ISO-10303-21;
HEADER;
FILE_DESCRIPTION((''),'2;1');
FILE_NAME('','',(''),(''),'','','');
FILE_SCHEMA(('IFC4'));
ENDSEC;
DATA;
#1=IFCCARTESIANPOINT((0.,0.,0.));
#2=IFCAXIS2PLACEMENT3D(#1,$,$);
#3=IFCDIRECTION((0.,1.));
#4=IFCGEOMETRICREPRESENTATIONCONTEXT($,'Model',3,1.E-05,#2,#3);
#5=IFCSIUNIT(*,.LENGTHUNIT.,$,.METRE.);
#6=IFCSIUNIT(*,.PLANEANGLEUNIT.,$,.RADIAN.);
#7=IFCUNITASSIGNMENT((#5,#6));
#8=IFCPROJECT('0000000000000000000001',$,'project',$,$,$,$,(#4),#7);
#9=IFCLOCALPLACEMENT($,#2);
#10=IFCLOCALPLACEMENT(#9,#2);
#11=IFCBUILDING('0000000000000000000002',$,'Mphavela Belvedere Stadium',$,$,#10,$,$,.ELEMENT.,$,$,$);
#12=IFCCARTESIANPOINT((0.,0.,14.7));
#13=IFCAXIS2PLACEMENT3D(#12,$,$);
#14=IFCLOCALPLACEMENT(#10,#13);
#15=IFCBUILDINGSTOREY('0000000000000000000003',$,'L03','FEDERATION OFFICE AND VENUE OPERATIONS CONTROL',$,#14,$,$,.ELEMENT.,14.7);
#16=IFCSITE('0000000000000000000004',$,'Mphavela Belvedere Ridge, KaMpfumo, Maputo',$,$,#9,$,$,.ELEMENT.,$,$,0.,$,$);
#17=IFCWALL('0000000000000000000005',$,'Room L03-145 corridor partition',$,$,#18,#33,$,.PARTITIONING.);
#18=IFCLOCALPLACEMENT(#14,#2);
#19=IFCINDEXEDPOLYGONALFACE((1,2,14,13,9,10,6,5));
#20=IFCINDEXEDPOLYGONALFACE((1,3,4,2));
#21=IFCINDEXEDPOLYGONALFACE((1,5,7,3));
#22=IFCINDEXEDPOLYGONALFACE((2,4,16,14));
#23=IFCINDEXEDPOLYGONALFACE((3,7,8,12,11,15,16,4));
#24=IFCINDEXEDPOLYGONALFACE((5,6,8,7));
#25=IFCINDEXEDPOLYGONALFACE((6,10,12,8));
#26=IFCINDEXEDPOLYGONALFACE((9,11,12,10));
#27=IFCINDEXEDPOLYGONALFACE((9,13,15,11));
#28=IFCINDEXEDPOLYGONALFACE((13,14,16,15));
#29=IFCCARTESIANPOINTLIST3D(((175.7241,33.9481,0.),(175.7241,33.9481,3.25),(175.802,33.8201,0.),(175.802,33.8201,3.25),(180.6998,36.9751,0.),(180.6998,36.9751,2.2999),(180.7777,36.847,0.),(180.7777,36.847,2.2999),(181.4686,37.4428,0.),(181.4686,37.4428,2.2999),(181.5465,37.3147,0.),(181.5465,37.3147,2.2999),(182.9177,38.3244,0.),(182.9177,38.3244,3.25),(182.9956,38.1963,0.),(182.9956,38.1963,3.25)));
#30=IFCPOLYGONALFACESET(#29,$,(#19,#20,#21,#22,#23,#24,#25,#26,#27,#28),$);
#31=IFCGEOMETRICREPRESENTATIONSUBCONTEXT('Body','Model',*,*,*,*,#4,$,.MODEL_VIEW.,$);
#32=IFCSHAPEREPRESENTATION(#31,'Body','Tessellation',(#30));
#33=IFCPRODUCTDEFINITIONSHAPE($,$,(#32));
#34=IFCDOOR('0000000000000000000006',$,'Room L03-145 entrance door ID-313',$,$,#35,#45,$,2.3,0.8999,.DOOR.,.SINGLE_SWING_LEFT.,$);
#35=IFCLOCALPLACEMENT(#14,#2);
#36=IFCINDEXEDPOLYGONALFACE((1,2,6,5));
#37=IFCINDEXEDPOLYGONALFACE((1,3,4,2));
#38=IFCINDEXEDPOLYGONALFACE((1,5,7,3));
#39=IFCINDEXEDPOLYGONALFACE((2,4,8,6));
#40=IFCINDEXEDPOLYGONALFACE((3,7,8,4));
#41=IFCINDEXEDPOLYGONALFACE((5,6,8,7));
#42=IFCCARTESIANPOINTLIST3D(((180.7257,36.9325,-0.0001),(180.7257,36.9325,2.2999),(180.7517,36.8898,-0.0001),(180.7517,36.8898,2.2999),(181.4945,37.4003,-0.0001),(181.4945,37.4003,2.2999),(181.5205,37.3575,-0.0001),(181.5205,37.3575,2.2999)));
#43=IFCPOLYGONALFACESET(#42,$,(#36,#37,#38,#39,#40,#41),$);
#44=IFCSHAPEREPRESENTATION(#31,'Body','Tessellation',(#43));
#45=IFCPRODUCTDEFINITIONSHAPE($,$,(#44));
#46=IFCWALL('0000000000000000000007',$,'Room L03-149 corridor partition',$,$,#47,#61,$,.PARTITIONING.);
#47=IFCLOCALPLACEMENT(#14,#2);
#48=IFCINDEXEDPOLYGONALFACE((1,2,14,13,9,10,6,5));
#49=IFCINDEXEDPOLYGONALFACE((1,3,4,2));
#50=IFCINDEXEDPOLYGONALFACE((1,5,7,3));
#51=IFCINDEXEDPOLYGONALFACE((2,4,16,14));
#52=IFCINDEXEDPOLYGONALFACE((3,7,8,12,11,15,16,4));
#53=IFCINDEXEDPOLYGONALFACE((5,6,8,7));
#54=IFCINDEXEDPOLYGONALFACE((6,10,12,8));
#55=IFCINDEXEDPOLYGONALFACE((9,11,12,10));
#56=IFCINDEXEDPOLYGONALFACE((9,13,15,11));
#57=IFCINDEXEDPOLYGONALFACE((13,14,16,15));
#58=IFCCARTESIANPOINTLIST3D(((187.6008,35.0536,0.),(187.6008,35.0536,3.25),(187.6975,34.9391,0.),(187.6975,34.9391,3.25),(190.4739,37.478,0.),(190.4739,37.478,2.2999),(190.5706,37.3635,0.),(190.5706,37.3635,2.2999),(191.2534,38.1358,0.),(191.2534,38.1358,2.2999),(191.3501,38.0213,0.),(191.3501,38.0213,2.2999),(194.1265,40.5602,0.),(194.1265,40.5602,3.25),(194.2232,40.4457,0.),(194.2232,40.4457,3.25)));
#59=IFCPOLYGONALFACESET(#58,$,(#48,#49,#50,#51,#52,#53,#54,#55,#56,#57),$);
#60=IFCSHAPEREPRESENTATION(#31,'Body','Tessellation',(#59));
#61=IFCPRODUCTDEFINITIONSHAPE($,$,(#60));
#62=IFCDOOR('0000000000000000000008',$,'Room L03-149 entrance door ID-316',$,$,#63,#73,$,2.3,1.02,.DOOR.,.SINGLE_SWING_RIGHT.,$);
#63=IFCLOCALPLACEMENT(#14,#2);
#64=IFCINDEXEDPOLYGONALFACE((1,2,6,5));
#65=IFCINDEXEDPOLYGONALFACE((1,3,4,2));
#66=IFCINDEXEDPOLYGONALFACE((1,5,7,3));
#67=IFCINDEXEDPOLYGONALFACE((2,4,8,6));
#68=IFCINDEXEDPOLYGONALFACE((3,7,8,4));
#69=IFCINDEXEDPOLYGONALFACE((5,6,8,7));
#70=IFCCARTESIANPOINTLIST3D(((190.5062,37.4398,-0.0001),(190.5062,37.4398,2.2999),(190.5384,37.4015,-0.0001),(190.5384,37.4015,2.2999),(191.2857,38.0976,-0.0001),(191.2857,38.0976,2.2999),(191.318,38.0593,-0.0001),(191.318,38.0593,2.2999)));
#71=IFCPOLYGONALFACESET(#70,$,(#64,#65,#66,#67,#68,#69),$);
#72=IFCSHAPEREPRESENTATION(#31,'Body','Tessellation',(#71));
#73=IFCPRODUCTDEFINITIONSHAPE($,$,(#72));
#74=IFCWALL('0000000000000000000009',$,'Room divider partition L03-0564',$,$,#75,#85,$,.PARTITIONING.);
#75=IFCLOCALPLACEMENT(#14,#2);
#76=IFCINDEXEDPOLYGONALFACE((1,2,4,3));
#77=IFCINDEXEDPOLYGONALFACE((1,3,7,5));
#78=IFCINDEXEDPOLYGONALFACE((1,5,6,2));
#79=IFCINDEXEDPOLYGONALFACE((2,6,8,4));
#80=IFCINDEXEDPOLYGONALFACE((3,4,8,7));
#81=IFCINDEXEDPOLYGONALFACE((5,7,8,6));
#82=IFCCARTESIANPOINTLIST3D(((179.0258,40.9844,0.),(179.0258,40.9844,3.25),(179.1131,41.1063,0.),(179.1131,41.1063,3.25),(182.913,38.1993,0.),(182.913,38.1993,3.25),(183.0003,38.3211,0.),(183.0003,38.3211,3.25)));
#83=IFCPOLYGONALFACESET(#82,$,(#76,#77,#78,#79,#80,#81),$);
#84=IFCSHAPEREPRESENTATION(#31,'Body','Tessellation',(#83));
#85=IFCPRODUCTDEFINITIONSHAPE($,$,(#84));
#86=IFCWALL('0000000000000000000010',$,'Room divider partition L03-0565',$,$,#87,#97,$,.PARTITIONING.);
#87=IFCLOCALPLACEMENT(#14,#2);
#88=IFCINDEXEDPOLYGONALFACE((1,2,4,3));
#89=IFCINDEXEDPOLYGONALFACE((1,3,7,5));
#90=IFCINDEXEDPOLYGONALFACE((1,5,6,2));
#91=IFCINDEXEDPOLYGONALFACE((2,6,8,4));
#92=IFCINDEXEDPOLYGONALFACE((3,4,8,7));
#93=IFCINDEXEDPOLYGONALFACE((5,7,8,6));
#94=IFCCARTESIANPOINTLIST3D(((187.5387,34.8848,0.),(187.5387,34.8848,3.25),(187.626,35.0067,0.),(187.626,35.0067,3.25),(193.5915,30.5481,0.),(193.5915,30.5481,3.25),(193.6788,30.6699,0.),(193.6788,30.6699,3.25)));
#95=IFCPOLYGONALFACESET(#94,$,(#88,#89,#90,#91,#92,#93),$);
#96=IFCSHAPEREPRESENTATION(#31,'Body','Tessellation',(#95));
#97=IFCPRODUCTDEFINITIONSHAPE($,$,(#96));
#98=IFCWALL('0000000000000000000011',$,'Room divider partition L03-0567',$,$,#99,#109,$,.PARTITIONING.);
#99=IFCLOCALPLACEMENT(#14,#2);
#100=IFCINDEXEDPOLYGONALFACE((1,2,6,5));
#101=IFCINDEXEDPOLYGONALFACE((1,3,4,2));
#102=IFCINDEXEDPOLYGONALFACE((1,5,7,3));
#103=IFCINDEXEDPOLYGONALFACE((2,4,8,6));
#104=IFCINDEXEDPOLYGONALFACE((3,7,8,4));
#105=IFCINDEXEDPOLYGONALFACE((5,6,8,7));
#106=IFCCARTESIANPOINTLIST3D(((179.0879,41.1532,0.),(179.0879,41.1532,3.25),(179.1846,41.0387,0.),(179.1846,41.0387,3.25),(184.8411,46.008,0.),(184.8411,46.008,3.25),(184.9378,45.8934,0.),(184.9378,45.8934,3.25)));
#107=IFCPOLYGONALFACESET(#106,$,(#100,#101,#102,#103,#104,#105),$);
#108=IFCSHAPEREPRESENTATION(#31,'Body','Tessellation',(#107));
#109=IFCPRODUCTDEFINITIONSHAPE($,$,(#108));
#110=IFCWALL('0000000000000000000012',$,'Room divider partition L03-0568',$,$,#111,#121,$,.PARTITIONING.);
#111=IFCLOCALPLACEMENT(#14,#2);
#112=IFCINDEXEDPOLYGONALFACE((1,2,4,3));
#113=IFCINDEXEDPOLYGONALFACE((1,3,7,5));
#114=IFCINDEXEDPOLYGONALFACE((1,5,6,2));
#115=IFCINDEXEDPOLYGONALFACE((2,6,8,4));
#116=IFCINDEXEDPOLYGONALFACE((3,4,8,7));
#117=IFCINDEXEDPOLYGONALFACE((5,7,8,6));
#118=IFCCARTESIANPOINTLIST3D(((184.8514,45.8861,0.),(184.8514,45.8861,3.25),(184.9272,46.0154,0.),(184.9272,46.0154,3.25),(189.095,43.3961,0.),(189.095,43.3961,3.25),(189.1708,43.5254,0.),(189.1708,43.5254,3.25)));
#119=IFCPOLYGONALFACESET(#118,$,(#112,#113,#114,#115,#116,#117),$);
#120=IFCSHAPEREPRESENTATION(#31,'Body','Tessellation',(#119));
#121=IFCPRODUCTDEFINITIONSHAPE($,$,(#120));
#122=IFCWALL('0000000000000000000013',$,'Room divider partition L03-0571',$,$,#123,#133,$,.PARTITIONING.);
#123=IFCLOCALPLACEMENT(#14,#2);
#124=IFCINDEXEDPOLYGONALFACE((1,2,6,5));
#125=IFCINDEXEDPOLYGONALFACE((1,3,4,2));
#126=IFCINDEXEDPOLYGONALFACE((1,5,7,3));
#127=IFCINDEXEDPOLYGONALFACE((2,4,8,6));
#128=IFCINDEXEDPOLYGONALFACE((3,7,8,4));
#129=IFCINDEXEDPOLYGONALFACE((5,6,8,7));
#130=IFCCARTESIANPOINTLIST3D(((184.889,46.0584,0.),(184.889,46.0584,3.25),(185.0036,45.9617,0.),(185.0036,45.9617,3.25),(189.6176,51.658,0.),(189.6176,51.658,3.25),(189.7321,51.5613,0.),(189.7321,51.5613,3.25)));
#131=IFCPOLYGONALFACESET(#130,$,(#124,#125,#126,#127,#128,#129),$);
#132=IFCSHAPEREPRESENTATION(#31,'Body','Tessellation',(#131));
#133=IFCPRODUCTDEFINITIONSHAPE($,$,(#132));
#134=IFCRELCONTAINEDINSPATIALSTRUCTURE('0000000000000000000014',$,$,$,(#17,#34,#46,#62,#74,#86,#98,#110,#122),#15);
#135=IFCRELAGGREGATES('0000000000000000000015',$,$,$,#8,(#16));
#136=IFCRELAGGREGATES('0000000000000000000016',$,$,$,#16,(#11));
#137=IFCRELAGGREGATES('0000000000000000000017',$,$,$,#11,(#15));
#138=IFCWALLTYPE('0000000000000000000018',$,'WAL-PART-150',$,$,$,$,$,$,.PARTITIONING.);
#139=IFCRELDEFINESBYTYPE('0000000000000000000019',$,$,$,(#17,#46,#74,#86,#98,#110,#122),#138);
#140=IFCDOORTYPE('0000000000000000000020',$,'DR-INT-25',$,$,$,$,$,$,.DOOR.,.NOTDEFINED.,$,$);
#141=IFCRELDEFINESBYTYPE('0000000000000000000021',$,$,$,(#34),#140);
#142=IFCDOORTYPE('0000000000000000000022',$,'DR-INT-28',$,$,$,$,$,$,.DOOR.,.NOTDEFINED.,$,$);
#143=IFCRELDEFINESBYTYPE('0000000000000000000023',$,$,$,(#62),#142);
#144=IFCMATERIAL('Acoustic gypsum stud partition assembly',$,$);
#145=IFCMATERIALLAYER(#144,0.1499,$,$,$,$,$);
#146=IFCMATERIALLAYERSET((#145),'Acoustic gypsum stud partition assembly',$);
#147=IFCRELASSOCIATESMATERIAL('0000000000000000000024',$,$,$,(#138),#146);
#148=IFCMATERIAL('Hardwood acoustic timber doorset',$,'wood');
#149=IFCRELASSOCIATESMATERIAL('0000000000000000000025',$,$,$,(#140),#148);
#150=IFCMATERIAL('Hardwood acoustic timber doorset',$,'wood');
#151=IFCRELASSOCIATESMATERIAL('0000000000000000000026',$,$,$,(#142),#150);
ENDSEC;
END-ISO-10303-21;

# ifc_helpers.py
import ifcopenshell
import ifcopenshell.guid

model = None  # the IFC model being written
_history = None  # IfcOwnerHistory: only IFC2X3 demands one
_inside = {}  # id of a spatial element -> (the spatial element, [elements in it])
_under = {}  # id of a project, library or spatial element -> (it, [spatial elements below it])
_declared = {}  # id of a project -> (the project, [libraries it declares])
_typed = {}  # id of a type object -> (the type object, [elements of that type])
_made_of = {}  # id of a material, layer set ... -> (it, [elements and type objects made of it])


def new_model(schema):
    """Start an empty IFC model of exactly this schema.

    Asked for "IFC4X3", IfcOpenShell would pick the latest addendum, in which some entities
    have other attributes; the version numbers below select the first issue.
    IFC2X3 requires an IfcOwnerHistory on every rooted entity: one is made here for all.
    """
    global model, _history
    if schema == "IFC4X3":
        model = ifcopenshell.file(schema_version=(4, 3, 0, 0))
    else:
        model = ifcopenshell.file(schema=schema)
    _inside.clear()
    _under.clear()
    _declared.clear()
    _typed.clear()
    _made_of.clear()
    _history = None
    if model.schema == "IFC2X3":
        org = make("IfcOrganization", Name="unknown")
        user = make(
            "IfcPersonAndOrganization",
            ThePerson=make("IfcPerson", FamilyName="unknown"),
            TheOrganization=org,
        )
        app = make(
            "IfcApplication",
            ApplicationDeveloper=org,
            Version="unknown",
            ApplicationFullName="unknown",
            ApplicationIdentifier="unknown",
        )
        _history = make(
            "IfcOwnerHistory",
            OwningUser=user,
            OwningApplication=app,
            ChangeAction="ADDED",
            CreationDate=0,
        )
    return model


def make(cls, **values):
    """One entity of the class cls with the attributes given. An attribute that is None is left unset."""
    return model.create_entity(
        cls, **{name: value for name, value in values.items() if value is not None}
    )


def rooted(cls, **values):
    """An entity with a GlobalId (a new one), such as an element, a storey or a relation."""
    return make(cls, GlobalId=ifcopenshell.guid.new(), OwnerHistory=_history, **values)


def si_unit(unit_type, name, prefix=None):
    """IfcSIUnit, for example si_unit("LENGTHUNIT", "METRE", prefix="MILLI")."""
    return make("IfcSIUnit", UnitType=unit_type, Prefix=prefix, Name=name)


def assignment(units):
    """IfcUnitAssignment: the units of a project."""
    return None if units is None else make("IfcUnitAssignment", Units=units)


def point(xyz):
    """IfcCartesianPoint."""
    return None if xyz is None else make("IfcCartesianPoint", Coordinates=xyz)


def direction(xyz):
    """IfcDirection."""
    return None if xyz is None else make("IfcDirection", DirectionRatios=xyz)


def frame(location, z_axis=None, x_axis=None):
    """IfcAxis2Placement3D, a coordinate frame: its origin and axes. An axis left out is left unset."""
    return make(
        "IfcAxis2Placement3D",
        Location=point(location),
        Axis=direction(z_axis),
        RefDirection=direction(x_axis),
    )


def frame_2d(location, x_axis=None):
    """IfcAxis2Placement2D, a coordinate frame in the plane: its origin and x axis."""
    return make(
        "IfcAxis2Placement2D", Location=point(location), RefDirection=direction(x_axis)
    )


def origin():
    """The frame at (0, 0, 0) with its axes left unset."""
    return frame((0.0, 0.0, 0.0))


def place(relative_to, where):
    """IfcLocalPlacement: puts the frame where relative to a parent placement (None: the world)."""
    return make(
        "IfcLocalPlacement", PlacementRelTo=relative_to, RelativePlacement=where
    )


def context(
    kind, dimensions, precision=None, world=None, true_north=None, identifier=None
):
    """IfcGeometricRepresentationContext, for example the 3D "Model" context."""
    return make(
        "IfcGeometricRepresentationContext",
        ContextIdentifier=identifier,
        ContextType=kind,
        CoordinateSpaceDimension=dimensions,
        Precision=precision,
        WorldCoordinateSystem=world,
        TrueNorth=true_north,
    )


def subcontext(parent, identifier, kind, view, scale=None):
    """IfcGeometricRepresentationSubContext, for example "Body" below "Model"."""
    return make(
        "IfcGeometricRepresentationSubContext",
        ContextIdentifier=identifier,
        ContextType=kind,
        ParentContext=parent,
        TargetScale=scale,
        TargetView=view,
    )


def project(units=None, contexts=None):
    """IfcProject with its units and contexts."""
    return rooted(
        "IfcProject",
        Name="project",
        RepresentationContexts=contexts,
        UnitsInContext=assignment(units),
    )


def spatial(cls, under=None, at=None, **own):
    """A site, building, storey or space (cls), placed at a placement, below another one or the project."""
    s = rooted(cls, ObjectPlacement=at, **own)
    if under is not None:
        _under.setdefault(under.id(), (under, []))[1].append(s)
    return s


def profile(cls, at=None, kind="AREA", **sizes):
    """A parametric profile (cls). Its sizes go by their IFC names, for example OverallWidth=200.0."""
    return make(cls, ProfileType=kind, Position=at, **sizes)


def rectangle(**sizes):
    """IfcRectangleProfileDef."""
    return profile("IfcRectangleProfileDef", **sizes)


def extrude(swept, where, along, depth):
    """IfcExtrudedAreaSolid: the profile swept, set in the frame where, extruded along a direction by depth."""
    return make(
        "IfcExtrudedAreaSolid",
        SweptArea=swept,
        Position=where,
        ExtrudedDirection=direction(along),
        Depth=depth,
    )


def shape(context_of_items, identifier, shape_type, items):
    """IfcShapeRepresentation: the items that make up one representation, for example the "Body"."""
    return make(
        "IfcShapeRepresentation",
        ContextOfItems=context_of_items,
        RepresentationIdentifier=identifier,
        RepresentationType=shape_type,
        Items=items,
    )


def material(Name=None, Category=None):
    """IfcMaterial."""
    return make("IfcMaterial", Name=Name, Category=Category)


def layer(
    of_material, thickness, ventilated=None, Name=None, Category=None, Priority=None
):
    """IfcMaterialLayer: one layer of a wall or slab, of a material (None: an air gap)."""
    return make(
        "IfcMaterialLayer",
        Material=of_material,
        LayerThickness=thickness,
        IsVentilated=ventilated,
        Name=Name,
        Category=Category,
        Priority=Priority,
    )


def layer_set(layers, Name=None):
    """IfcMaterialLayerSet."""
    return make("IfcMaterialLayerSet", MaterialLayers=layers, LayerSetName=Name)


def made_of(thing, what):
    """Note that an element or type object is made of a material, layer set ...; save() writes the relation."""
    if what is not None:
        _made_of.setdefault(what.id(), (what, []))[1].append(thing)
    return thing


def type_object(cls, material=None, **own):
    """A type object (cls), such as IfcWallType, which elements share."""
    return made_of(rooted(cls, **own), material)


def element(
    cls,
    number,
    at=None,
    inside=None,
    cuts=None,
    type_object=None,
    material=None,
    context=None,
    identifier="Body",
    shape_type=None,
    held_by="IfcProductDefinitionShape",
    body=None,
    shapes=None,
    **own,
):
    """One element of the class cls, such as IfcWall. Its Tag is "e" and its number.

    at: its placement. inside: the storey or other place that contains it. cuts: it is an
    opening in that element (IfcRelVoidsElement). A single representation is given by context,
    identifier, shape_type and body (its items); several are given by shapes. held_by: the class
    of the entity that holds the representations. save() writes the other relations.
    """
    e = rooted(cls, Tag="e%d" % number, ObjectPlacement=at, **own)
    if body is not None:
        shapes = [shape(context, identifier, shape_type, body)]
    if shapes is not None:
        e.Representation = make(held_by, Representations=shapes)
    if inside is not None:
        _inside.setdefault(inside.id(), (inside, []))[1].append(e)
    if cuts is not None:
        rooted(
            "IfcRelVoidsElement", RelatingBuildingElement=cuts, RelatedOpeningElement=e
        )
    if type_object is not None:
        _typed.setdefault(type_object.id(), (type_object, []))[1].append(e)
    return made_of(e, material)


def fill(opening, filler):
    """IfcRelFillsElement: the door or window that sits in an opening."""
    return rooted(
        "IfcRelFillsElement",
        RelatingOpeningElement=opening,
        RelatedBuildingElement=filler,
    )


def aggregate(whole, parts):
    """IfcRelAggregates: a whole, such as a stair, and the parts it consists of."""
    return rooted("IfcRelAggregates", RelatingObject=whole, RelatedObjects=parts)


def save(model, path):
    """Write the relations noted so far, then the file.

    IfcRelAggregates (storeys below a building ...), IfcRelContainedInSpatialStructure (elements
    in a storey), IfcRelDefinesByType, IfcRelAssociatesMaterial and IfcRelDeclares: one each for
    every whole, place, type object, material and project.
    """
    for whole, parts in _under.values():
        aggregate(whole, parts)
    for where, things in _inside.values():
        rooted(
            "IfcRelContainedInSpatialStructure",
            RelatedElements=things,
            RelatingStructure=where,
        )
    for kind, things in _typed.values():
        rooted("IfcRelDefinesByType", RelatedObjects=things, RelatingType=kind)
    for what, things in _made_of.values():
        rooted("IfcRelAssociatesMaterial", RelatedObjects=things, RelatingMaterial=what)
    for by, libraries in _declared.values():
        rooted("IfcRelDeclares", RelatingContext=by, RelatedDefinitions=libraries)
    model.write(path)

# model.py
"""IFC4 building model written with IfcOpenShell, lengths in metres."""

from ifc_helpers import new_model, si_unit, direction, frame, frame_2d, origin, place, context, subcontext, project, spatial, rectangle, extrude, material, layer, layer_set, type_object, element, fill, save


model = new_model("IFC4")

# Units and contexts
model_context = context("Model", 3, precision=1e-05, world=origin(), true_north=direction((0.0, 1.0)))
body_context = subcontext(model_context, "Body", "Model", "MODEL_VIEW")
ifc_project = project(units=[si_unit("LENGTHUNIT", "METRE"), si_unit("PLANEANGLEUNIT", "RADIAN")], contexts=[model_context])

# Site, building, storey
site_placement = place(None, origin())
site = spatial("IfcSite", under=ifc_project, at=site_placement, Name="Mphavela Belvedere Ridge, KaMpfumo, Maputo", CompositionType="ELEMENT", RefElevation=0.0)
building_placement = place(site_placement, origin())
building = spatial("IfcBuilding", under=site, at=building_placement, Name="Mphavela Belvedere Stadium", CompositionType="ELEMENT")
storey_placement = place(building_placement, frame((0.0, 0.0, 14.7)))
storey = spatial("IfcBuildingStorey", under=building, at=storey_placement, Name="L03", Description="FEDERATION OFFICE AND VENUE OPERATIONS CONTROL", CompositionType="ELEMENT", Elevation=14.7)

# Walls, openings, doors
ifc_material_1 = material(Name="Acoustic gypsum stud partition assembly")
ifc_layer_1 = layer(ifc_material_1, 0.1499)
ifc_layer_set_1 = layer_set([ifc_layer_1], Name="Acoustic gypsum stud partition assembly")
wall_type_1 = type_object("IfcWallType", Name="WAL-PART-150", PredefinedType="PARTITIONING", material=ifc_layer_set_1)
wall_1_placement = place(storey_placement, frame((182.9565, 38.2603, 0.0), z_axis=(0.0, 0.0, 1.0), x_axis=(-0.85433, -0.519731, 0.0)))
wall_1 = element("IfcWall", 1, at=wall_1_placement, inside=storey, type_object=wall_type_1, Name="Room L03-145 corridor partition", PredefinedType="PARTITIONING", context=body_context, shape_type="SweptSolid", body=[
    extrude(rectangle(XDim=8.4202, YDim=0.1499, at=frame_2d((4.21, 0.0))), origin(), (0.0, 0.0, 1.0), 3.25),
])
opening_1_placement = place(wall_1_placement, frame((1.696, 0.0, 0.0)))
opening_1 = element("IfcOpeningElement", 2, at=opening_1_placement, cuts=wall_1, PredefinedType="OPENING", context=body_context, shape_type="SweptSolid", body=[
    extrude(rectangle(XDim=0.8999, YDim=2.3, at=frame_2d((0.45, 1.1499))), frame((0.0, 0.085, 0.0), z_axis=(0.0, -1.0, 0.0), x_axis=(1.0, 0.0, 0.0)), (0.0, 0.0, 1.0), 0.1699),
])
ifc_material_2 = material(Name="Hardwood acoustic timber doorset", Category="wood")
door_type_1 = type_object("IfcDoorType", Name="DR-INT-25", OperationType="NOTDEFINED", PredefinedType="DOOR", material=ifc_material_2)
door_1_placement = place(opening_1_placement, origin())
door_1 = element("IfcDoor", 3, at=door_1_placement, inside=storey, type_object=door_type_1, Name="Room L03-145 entrance door ID-313", OperationType="SINGLE_SWING_LEFT", OverallHeight=2.3, OverallWidth=0.8999, PredefinedType="DOOR", context=body_context, shape_type="SweptSolid", body=[
    extrude(rectangle(XDim=0.8999, YDim=2.3, at=frame_2d((0.45, 1.1499))), frame((0.0, 0.0249, 0.0), z_axis=(0.0, -1.0, 0.0), x_axis=(1.0, 0.0, 0.0)), (0.0, 0.0, 1.0), 0.05),
])
fill(opening_1, door_1)
wall_2_placement = place(storey_placement, frame((187.6492, 34.9963, 0.0), z_axis=(0.0, 0.0, 1.0), x_axis=(0.764258, 0.644911, 0.0)))
wall_2 = element("IfcWall", 4, at=wall_2_placement, inside=storey, type_object=wall_type_1, Name="Room L03-149 corridor partition", PredefinedType="PARTITIONING", context=body_context, shape_type="SweptSolid", body=[
    extrude(rectangle(XDim=8.5386, YDim=0.1499, at=frame_2d((4.2693, 0.0))), origin(), (0.0, 0.0, 1.0), 3.25),
])
opening_2_placement = place(wall_2_placement, frame((3.7593, 0.0, 0.0)))
opening_2 = element("IfcOpeningElement", 5, at=opening_2_placement, cuts=wall_2, PredefinedType="OPENING", context=body_context, shape_type="SweptSolid", body=[
    extrude(rectangle(XDim=1.02, YDim=2.3, at=frame_2d((0.51, 1.1499))), frame((0.0, 0.085, 0.0), z_axis=(0.0, -1.0, 0.0), x_axis=(1.0, 0.0, 0.0)), (0.0, 0.0, 1.0), 0.1699),
])
ifc_material_3 = material(Name="Hardwood acoustic timber doorset", Category="wood")
door_type_2 = type_object("IfcDoorType", Name="DR-INT-28", OperationType="NOTDEFINED", PredefinedType="DOOR", material=ifc_material_3)
door_2_placement = place(opening_2_placement, origin())
door_2 = element("IfcDoor", 6, at=door_2_placement, inside=storey, type_object=door_type_2, Name="Room L03-149 entrance door ID-316", OperationType="SINGLE_SWING_RIGHT", OverallHeight=2.3, OverallWidth=1.02, PredefinedType="DOOR", context=body_context, shape_type="SweptSolid", body=[
    extrude(rectangle(XDim=1.02, YDim=2.3, at=frame_2d((0.51, 1.1499))), frame((0.0, 0.0249, 0.0), z_axis=(0.0, -1.0, 0.0), x_axis=(1.0, 0.0, 0.0)), (0.0, 0.0, 1.0), 0.05),
])
fill(opening_2, door_2)

# Walls
wall_3_placement = place(storey_placement, frame((179.0693, 41.0454, 0.0), z_axis=(0.0, 0.0, 1.0), x_axis=(0.812884, -0.582426, 0.0)))
element("IfcWall", 7, at=wall_3_placement, inside=storey, type_object=wall_type_1, Name="Room divider partition L03-0564", PredefinedType="PARTITIONING", context=body_context, shape_type="SweptSolid", body=[
    extrude(rectangle(XDim=4.782, YDim=0.1499, at=frame_2d((2.3911, 0.0))), origin(), (0.0, 0.0, 1.0), 3.25),
])
wall_4_placement = place(storey_placement, frame((187.5823, 34.9458, 0.0), z_axis=(0.0, 0.0, 1.0), x_axis=(0.812889, -0.582419, 0.0)))
element("IfcWall", 8, at=wall_4_placement, inside=storey, type_object=wall_type_1, Name="Room divider partition L03-0565", PredefinedType="PARTITIONING", context=body_context, shape_type="SweptSolid", body=[
    extrude(rectangle(XDim=7.446, YDim=0.1499, at=frame_2d((3.7231, 0.0))), origin(), (0.0, 0.0, 1.0), 3.25),
])
wall_5_placement = place(storey_placement, frame((179.1362, 41.0959, 0.0), z_axis=(0.0, 0.0, 1.0), x_axis=(0.764259, 0.644909, 0.0)))
element("IfcWall", 9, at=wall_5_placement, inside=storey, type_object=wall_type_1, Name="Room divider partition L03-0567", PredefinedType="PARTITIONING", context=body_context, shape_type="SweptSolid", body=[
    extrude(rectangle(XDim=7.5278, YDim=0.1499, at=frame_2d((3.7639, 0.0))), origin(), (0.0, 0.0, 1.0), 3.25),
])
wall_6_placement = place(storey_placement, frame((184.8894, 45.9507, 0.0), z_axis=(0.0, 0.0, 1.0), x_axis=(0.862491, -0.506072, 0.0)))
element("IfcWall", 10, at=wall_6_placement, inside=storey, type_object=wall_type_1, Name="Room divider partition L03-0568", PredefinedType="PARTITIONING", context=body_context, shape_type="SweptSolid", body=[
    extrude(rectangle(XDim=4.9202, YDim=0.1499, at=frame_2d((2.46, 0.0))), origin(), (0.0, 0.0, 1.0), 3.25),
])
wall_7_placement = place(storey_placement, frame((184.9463, 46.01, 0.0), z_axis=(0.0, 0.0, 1.0), x_axis=(0.645177, 0.764033, 0.0)))
element("IfcWall", 11, at=wall_7_placement, inside=storey, type_object=wall_type_1, Name="Room divider partition L03-0571", PredefinedType="PARTITIONING", context=body_context, shape_type="SweptSolid", body=[
    extrude(rectangle(XDim=7.3291, YDim=0.1499, at=frame_2d((3.6646, 0.0))), origin(), (0.0, 0.0, 1.0), 3.25),
])

save(model, "model.ifc")
